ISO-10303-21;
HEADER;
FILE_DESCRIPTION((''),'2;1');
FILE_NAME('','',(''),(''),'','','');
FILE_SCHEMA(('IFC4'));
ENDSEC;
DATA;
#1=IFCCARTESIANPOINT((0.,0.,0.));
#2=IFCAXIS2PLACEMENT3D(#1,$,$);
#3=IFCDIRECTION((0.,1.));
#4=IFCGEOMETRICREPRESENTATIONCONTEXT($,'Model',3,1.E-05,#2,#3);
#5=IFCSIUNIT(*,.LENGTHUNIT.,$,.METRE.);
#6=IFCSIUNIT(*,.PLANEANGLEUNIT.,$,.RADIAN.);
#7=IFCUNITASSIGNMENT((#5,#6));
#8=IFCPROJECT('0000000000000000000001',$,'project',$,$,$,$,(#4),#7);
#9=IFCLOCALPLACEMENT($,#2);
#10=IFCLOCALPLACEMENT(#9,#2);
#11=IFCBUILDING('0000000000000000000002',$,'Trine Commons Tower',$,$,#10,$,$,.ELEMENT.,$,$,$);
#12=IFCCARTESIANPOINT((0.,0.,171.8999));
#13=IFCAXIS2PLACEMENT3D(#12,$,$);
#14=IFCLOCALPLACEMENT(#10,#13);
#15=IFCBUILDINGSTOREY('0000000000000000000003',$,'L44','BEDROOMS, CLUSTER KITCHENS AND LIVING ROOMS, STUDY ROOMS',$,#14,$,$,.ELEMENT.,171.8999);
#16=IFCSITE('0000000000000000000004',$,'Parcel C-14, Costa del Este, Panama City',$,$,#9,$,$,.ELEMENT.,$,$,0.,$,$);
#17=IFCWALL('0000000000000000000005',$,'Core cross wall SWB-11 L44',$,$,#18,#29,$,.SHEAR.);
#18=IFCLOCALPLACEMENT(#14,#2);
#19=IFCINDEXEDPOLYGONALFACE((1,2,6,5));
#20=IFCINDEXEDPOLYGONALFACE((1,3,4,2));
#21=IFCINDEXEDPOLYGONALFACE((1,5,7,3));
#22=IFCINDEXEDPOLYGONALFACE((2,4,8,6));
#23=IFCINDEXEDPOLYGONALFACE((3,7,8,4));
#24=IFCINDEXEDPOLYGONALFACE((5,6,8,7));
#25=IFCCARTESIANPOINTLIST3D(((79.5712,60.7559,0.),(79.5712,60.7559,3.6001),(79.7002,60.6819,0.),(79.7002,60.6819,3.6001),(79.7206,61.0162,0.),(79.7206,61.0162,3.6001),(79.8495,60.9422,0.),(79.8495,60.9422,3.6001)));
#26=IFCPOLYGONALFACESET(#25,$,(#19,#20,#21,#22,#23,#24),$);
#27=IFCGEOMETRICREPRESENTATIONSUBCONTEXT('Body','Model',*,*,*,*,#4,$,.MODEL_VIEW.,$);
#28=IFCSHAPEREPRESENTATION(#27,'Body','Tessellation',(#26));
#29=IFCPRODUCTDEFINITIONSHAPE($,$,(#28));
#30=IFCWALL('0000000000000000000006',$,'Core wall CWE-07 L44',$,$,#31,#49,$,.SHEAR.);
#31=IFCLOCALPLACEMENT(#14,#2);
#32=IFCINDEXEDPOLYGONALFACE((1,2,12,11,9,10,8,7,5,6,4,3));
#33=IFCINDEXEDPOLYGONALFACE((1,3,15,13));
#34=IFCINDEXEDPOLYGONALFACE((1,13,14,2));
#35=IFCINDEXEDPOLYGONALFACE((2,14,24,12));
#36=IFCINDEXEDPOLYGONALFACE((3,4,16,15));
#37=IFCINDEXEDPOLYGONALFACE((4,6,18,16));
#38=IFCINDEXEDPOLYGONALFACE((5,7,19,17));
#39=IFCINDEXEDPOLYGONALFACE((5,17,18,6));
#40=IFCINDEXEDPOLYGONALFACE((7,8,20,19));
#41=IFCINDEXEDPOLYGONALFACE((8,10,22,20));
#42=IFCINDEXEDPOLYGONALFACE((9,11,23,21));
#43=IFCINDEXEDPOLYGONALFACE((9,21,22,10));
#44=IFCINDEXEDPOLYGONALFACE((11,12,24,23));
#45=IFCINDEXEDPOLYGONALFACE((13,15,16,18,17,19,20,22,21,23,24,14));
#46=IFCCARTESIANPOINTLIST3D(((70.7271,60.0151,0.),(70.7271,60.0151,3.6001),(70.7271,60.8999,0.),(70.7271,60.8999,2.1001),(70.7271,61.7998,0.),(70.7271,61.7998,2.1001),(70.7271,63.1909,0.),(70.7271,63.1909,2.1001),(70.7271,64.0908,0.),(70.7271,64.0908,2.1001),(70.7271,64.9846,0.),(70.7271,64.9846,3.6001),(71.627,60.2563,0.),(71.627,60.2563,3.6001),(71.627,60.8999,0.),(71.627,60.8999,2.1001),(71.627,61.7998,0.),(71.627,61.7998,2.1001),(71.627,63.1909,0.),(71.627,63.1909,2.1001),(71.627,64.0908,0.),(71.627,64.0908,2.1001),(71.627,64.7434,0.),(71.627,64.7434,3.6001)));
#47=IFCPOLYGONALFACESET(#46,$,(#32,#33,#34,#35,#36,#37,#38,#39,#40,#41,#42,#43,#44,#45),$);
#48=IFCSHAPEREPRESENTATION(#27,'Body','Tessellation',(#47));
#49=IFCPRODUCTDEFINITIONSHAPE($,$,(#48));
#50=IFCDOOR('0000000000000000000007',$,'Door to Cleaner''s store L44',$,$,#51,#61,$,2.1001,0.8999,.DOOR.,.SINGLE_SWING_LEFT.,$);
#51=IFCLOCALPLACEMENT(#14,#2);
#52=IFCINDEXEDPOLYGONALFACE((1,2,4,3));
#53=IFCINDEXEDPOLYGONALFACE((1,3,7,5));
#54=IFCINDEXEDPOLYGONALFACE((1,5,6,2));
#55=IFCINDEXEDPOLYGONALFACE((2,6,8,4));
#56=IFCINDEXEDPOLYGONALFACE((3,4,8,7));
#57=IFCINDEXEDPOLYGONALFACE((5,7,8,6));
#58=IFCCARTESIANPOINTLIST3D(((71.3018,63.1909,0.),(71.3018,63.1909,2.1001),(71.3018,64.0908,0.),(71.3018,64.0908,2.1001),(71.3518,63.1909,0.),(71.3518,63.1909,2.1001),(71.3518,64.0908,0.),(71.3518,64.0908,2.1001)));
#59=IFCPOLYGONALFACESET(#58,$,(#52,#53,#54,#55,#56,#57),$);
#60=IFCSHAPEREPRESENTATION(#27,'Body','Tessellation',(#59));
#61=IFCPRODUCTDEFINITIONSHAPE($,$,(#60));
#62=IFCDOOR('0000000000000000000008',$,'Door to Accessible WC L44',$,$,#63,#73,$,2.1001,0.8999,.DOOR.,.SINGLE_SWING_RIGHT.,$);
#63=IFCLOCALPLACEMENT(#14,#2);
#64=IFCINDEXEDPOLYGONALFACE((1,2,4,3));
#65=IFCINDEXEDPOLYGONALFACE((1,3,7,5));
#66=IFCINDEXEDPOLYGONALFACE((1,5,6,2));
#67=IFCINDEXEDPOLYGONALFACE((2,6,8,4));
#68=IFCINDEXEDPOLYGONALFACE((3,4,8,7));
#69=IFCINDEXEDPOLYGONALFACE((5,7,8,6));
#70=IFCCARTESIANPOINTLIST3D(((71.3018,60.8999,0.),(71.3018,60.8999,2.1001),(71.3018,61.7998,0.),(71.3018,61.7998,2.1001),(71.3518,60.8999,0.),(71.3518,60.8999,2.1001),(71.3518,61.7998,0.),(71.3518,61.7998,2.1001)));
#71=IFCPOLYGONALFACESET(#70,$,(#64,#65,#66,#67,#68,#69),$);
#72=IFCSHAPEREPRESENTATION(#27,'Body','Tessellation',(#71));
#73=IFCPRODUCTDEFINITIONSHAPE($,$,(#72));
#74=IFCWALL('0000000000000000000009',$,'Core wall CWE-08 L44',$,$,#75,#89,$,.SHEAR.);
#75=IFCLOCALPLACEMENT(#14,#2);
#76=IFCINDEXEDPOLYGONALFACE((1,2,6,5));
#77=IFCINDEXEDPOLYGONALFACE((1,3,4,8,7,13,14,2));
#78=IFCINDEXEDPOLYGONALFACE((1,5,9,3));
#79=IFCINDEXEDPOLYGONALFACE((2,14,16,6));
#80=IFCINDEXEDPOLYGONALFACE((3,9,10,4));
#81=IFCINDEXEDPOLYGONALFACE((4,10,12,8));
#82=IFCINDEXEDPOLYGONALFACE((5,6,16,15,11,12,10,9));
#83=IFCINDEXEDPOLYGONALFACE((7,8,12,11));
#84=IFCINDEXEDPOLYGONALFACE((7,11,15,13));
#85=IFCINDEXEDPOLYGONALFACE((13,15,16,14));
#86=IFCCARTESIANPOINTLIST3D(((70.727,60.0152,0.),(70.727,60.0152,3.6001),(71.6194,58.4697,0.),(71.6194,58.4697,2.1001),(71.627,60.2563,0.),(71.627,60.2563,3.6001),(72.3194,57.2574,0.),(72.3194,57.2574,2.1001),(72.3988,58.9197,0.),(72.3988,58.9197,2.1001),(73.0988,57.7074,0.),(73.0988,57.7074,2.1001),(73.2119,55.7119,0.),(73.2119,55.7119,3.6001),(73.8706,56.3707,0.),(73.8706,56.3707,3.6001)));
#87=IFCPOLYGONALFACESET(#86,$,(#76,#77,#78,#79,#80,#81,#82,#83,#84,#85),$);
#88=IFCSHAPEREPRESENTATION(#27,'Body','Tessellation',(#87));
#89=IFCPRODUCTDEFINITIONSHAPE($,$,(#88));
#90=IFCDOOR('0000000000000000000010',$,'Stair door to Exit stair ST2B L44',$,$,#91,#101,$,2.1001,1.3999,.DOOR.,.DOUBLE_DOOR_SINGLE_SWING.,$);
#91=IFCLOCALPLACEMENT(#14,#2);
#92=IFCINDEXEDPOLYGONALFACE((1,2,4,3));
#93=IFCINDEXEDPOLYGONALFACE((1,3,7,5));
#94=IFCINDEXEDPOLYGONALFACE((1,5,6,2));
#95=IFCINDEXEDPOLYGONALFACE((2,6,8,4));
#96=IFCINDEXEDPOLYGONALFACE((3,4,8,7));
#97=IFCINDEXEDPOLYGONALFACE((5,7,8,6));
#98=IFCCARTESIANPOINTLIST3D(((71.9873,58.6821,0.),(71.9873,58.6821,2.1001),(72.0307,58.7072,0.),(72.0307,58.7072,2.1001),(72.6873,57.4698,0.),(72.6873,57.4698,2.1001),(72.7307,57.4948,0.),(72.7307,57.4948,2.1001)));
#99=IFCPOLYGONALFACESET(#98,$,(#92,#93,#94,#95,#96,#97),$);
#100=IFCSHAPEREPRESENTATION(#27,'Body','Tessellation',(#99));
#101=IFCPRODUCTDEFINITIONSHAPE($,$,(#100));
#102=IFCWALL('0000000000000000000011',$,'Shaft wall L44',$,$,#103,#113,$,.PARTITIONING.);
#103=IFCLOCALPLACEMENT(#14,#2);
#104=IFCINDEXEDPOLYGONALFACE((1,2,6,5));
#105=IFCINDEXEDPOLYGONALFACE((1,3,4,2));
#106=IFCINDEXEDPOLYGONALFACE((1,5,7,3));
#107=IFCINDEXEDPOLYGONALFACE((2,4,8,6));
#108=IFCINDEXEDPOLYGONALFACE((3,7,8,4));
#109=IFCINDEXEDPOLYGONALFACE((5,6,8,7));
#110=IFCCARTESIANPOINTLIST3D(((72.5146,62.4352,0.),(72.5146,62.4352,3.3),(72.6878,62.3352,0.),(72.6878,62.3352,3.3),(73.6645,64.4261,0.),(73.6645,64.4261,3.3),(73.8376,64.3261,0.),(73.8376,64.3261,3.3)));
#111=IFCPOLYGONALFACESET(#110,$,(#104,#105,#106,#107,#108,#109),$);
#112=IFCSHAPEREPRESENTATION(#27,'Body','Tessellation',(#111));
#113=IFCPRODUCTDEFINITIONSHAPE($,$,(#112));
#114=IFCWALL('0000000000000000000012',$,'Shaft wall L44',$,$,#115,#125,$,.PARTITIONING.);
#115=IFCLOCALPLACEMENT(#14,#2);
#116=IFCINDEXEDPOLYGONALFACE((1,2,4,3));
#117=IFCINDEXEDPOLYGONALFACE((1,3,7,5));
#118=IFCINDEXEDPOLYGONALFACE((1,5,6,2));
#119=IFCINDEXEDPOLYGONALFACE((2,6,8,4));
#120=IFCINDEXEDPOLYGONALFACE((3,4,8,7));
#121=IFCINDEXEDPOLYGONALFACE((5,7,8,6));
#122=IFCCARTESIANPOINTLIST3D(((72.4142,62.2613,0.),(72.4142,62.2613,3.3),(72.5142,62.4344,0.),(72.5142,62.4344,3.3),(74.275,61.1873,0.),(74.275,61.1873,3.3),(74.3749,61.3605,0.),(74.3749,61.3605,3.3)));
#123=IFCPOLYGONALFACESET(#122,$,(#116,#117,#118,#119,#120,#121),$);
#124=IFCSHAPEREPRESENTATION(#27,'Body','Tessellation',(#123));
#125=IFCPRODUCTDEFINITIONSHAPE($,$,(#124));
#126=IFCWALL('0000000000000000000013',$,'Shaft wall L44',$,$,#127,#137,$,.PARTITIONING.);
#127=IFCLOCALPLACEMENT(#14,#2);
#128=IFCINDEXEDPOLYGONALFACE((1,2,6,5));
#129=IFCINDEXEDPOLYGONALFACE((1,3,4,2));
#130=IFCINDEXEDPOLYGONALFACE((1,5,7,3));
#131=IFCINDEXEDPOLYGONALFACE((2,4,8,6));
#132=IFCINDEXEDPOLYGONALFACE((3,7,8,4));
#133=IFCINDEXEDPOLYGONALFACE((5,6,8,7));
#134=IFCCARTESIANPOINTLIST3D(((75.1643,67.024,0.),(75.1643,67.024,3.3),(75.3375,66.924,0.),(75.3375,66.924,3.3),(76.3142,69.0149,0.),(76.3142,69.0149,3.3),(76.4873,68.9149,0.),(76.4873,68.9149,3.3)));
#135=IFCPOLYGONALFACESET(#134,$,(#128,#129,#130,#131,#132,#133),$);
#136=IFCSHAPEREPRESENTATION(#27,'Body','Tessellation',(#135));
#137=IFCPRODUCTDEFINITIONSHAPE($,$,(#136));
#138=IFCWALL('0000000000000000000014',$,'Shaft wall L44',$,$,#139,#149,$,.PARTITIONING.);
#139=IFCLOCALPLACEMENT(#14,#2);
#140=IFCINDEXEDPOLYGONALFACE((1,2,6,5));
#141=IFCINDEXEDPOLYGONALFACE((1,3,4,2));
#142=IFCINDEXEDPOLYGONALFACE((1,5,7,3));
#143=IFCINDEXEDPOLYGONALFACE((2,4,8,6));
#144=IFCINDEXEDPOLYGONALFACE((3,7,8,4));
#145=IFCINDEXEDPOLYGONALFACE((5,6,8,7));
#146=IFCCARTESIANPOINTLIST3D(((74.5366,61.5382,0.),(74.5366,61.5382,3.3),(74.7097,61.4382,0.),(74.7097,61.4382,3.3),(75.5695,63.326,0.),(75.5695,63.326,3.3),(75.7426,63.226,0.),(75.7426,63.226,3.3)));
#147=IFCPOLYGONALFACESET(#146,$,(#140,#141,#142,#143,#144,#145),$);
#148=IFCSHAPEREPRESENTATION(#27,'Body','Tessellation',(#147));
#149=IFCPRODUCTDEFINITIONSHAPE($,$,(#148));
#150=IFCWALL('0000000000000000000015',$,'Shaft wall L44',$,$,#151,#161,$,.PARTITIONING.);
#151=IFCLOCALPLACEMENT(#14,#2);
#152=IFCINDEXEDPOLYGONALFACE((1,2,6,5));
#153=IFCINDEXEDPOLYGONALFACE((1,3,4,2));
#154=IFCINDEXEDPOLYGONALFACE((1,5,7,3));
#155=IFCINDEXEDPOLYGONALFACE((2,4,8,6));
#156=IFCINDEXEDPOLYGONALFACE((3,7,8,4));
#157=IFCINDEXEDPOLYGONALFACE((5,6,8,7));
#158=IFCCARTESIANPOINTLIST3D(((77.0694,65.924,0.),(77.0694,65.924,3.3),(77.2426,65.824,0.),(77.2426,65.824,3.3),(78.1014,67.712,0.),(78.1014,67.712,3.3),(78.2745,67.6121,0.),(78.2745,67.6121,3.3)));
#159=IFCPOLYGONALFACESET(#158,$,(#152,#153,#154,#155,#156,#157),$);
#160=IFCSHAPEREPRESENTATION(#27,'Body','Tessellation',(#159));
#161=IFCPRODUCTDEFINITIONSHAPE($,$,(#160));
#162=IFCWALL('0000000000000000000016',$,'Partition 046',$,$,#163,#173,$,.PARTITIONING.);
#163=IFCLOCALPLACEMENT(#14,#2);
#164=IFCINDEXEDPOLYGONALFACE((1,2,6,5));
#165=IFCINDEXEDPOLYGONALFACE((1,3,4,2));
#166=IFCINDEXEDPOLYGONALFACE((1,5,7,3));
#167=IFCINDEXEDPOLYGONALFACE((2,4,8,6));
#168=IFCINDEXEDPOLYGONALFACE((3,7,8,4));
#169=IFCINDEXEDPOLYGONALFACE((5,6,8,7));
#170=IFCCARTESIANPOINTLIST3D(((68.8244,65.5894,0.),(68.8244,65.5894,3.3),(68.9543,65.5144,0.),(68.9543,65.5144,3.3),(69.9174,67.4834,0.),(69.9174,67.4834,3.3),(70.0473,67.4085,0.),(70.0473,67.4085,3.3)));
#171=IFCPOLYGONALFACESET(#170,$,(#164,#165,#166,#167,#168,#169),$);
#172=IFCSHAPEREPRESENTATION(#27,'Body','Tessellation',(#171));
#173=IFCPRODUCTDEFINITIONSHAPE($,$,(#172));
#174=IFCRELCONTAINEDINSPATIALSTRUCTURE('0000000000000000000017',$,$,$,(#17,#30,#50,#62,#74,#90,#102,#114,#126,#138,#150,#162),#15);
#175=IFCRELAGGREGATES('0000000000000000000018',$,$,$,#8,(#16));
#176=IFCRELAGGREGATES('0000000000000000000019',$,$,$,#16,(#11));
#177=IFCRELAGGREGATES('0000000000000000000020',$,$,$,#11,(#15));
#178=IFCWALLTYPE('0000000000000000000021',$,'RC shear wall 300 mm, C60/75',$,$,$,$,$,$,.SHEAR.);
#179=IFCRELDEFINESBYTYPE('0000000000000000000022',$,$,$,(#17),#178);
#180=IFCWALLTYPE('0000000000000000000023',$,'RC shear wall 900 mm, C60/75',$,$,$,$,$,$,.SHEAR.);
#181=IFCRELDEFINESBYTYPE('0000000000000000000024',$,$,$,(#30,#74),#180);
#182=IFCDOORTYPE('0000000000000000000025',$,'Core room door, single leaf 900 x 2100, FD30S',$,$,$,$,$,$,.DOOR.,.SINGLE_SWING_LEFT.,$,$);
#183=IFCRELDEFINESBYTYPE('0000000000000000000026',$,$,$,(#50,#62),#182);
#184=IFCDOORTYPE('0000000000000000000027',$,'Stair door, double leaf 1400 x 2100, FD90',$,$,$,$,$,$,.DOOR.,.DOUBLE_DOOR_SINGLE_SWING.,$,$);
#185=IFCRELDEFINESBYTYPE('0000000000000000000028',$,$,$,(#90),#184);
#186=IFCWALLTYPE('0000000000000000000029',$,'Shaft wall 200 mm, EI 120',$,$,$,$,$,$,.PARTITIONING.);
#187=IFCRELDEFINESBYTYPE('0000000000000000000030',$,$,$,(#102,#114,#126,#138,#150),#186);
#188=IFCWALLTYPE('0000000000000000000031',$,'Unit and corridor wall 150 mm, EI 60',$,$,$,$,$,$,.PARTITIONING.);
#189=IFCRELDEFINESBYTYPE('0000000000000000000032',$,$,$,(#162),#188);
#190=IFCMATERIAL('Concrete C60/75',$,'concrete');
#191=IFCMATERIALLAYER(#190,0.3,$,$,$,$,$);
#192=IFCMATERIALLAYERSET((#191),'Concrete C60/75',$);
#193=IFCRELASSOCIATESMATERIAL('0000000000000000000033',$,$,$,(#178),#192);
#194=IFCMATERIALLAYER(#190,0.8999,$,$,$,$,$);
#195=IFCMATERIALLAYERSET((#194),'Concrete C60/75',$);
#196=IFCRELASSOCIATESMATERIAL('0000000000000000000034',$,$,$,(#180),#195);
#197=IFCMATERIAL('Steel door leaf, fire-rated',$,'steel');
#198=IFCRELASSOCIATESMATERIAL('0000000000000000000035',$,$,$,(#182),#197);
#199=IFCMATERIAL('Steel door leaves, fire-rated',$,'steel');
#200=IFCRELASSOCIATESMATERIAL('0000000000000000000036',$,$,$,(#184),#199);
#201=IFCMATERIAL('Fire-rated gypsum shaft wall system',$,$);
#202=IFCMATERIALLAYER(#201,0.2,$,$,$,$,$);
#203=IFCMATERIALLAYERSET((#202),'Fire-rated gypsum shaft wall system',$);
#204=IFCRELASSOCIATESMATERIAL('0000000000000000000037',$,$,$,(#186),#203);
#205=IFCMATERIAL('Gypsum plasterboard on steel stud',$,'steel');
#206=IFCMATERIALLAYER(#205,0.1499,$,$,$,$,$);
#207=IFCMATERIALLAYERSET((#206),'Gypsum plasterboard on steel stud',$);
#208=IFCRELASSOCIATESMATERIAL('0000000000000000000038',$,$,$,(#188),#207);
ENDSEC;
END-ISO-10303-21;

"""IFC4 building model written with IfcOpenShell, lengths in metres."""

from ifc_helpers import new_model, si_unit, direction, frame, frame_2d, origin, place, context, subcontext, project, spatial, polyline, rectangle, outline, extrude, material, layer, layer_set, type_object, element, fill, save


model = new_model("IFC4")

# Units and contexts
model_context = context("Model", 3, precision=1e-05, world=origin(), true_north=direction((0.0, 1.0)))
body_context = subcontext(model_context, "Body", "Model", "MODEL_VIEW")
ifc_project = project(units=[si_unit("LENGTHUNIT", "METRE"), si_unit("PLANEANGLEUNIT", "RADIAN")], contexts=[model_context])

# Site, building, storey
site_placement = place(None, origin())
site = spatial("IfcSite", under=ifc_project, at=site_placement, Name="Parcel C-14, Costa del Este, Panama City", CompositionType="ELEMENT", RefElevation=0.0)
building_placement = place(site_placement, origin())
building = spatial("IfcBuilding", under=site, at=building_placement, Name="Trine Commons Tower", CompositionType="ELEMENT")
storey_placement = place(building_placement, frame((0.0, 0.0, 171.8999)))
storey = spatial("IfcBuildingStorey", under=building, at=storey_placement, Name="L44", Description="BEDROOMS, CLUSTER KITCHENS AND LIVING ROOMS, STUDY ROOMS", CompositionType="ELEMENT", Elevation=171.8999)

# Shared definitions
ifc_material_1 = material(Name="Fire-rated gypsum shaft wall system")
ifc_material_2 = material(Name="Steel door leaf, fire-rated", Category="steel")
ifc_material_3 = material(Name="Concrete C60/75", Category="concrete")
ifc_layer_1 = layer(ifc_material_3, 0.3)
ifc_layer_set_1 = layer_set([ifc_layer_1], Name="Concrete C60/75")
wall_type_1 = type_object("IfcWallType", Name="RC shear wall 300 mm, C60/75", PredefinedType="SHEAR", material=ifc_layer_set_1)

# Wall
wall_1_placement = place(storey_placement, frame((79.646, 60.886, 0.0), z_axis=(0.0, 0.0, 1.0), x_axis=(0.867332, -0.49773, 0.0)))
element("IfcWall", 1, at=wall_1_placement, inside=storey, type_object=wall_type_1, Name="Core cross wall SWB-11 L44", PredefinedType="SHEAR", context=body_context, shape_type="SweptSolid", body=[
    extrude(rectangle(XDim=0.1487, YDim=0.3, at=frame_2d((0.0742, 0.0))), origin(), (0.0, 0.0, 1.0), 3.6001),
])

# Wall, openings, doors
ifc_layer_2 = layer(ifc_material_3, 0.8999)
ifc_layer_set_2 = layer_set([ifc_layer_2], Name="Concrete C60/75")
wall_type_2 = type_object("IfcWallType", Name="RC shear wall 900 mm, C60/75", PredefinedType="SHEAR", material=ifc_layer_set_2)
wall_2_placement = place(storey_placement, frame((71.177, 64.9846, 0.0), z_axis=(0.0, 0.0, 1.0), x_axis=(0.0, -1.0, 0.0)))
wall_2 = element("IfcWall", 2, at=wall_2_placement, inside=storey, type_object=wall_type_2, Name="Core wall CWE-07 L44", PredefinedType="SHEAR", context=body_context, shape_type="SweptSolid", body=[
    extrude(outline(polyline([(0.0, -0.45), (4.9695, -0.45), (4.7283, 0.45), (0.2412, 0.45), (0.0, -0.45)])), origin(), (0.0, 0.0, 1.0), 3.6001),
])
opening_1_placement = place(wall_2_placement, frame((0.8938, 0.0, 0.0)))
opening_1 = element("IfcOpeningElement", 3, at=opening_1_placement, cuts=wall_2, PredefinedType="OPENING", context=body_context, shape_type="SweptSolid", body=[
    extrude(rectangle(XDim=0.8999, YDim=2.1001, at=frame_2d((0.45, 1.05))), frame((0.0, 0.46, 0.0), z_axis=(0.0, -1.0, 0.0), x_axis=(1.0, 0.0, 0.0)), (0.0, 0.0, 1.0), 0.9199),
])
opening_2_placement = place(wall_2_placement, frame((3.1848, 0.0, 0.0)))
opening_2 = element("IfcOpeningElement", 4, at=opening_2_placement, cuts=wall_2, PredefinedType="OPENING", context=body_context, shape_type="SweptSolid", body=[
    extrude(rectangle(XDim=0.8999, YDim=2.1001, at=frame_2d((0.45, 1.05))), frame((0.0, 0.46, 0.0), z_axis=(0.0, -1.0, 0.0), x_axis=(1.0, 0.0, 0.0)), (0.0, 0.0, 1.0), 0.9199),
])
door_type_1 = type_object("IfcDoorType", Name="Core room door, single leaf 900 x 2100, FD30S", OperationType="SINGLE_SWING_LEFT", PredefinedType="DOOR", material=ifc_material_2)
door_1_placement = place(opening_1_placement, origin())
door_1 = element("IfcDoor", 5, at=door_1_placement, inside=storey, type_object=door_type_1, Name="Door to Cleaner's store L44", OperationType="SINGLE_SWING_LEFT", OverallHeight=2.1001, OverallWidth=0.8999, PredefinedType="DOOR", context=body_context, shape_type="SweptSolid", body=[
    extrude(rectangle(XDim=0.8999, YDim=2.1001, at=frame_2d((0.45, 1.05))), frame((0.0, 0.1748, 0.0), z_axis=(0.0, -1.0, 0.0), x_axis=(1.0, 0.0, 0.0)), (0.0, 0.0, 1.0), 0.05),
])
fill(opening_1, door_1)
door_2_placement = place(opening_2_placement, origin())
door_2 = element("IfcDoor", 6, at=door_2_placement, inside=storey, type_object=door_type_1, Name="Door to Accessible WC L44", OperationType="SINGLE_SWING_RIGHT", OverallHeight=2.1001, OverallWidth=0.8999, PredefinedType="DOOR", context=body_context, shape_type="SweptSolid", body=[
    extrude(rectangle(XDim=0.8999, YDim=2.1001, at=frame_2d((0.45, 1.05))), frame((0.0, 0.1748, 0.0), z_axis=(0.0, -1.0, 0.0), x_axis=(1.0, 0.0, 0.0)), (0.0, 0.0, 1.0), 0.05),
])
fill(opening_2, door_2)

# Wall, opening, door
wall_3_placement = place(storey_placement, frame((71.1167, 60.2402, 0.0), z_axis=(0.0, 0.0, 1.0), x_axis=(0.500039, -0.866003, 0.0)))
wall_3 = element("IfcWall", 7, at=wall_3_placement, inside=storey, type_object=wall_type_2, Name="Core wall CWE-08 L44", PredefinedType="SHEAR", context=body_context, shape_type="SweptSolid", body=[
    extrude(outline(polyline([(0.0, -0.45), (4.9692, -0.45), (4.728, 0.45), (0.2412, 0.45), (0.0, -0.45)])), origin(), (0.0, 0.0, 1.0), 3.6001),
])
opening_3_placement = place(wall_3_placement, frame((1.7847, 0.0, 0.0)))
opening_3 = element("IfcOpeningElement", 8, at=opening_3_placement, cuts=wall_3, PredefinedType="OPENING", context=body_context, shape_type="SweptSolid", body=[
    extrude(rectangle(XDim=1.3999, YDim=2.1001, at=frame_2d((0.7, 1.05))), frame((0.0, 0.46, 0.0), z_axis=(0.0, -1.0, 0.0), x_axis=(1.0, 0.0, 0.0)), (0.0, 0.0, 1.0), 0.9199),
])
ifc_material_4 = material(Name="Steel door leaves, fire-rated", Category="steel")
door_type_2 = type_object("IfcDoorType", Name="Stair door, double leaf 1400 x 2100, FD90", OperationType="DOUBLE_DOOR_SINGLE_SWING", PredefinedType="DOOR", material=ifc_material_4)
door_3_placement = place(opening_3_placement, origin())
door_3 = element("IfcDoor", 9, at=door_3_placement, inside=storey, type_object=door_type_2, Name="Stair door to Exit stair ST2B L44", OperationType="DOUBLE_DOOR_SINGLE_SWING", OverallHeight=2.1001, OverallWidth=1.3999, PredefinedType="DOOR", context=body_context, shape_type="SweptSolid", body=[
    extrude(rectangle(XDim=1.3999, YDim=2.1001, at=frame_2d((0.7, 1.05))), frame((0.0, 0.0249, 0.0), z_axis=(0.0, -1.0, 0.0), x_axis=(1.0, 0.0, 0.0)), (0.0, 0.0, 1.0), 0.05),
])
fill(opening_3, door_3)

# Walls
ifc_layer_3 = layer(ifc_material_1, 0.2)
ifc_layer_set_3 = layer_set([ifc_layer_3], Name="Fire-rated gypsum shaft wall system")
wall_type_3 = type_object("IfcWallType", Name="Shaft wall 200 mm, EI 120", PredefinedType="PARTITIONING", material=ifc_layer_set_3)
wall_4_placement = place(storey_placement, frame((73.751, 64.376, 0.0), z_axis=(0.0, 0.0, 1.0), x_axis=(-0.500136, -0.865947, 0.0)))
element("IfcWall", 10, at=wall_4_placement, inside=storey, type_object=wall_type_3, Name="Shaft wall L44", PredefinedType="PARTITIONING", context=body_context, shape_type="SweptSolid", body=[
    extrude(rectangle(XDim=2.2991, YDim=0.2, at=frame_2d((1.1494, 0.0))), origin(), (0.0, 0.0, 1.0), 3.3),
])
wall_5_placement = place(storey_placement, frame((74.325, 61.2739, 0.0), z_axis=(0.0, 0.0, 1.0), x_axis=(-0.866102, 0.499867, 0.0)))
element("IfcWall", 11, at=wall_5_placement, inside=storey, type_object=wall_type_3, Name="Shaft wall L44", PredefinedType="PARTITIONING", context=body_context, shape_type="SweptSolid", body=[
    extrude(rectangle(XDim=2.1484, YDim=0.2, at=frame_2d((1.0742, 0.0))), origin(), (0.0, 0.0, 1.0), 3.3),
])
wall_6_placement = place(storey_placement, frame((75.251, 66.9741, 0.0), z_axis=(0.0, 0.0, 1.0), x_axis=(0.500136, 0.865947, 0.0)))
element("IfcWall", 12, at=wall_6_placement, inside=storey, type_object=wall_type_3, Name="Shaft wall L44", PredefinedType="PARTITIONING", context=body_context, shape_type="SweptSolid", body=[
    extrude(rectangle(XDim=2.2991, YDim=0.2, at=frame_2d((1.1494, 0.0))), origin(), (0.0, 0.0, 1.0), 3.3),
])
wall_7_placement = place(storey_placement, frame((75.656, 63.2759, 0.0), z_axis=(0.0, 0.0, 1.0), x_axis=(-0.500272, -0.865868, 0.0)))
element("IfcWall", 13, at=wall_7_placement, inside=storey, type_object=wall_type_3, Name="Shaft wall L44", PredefinedType="PARTITIONING", context=body_context, shape_type="SweptSolid", body=[
    extrude(rectangle(XDim=2.0647, YDim=0.2, at=frame_2d((1.0322, 0.0))), origin(), (0.0, 0.0, 1.0), 3.3),
])
wall_8_placement = place(storey_placement, frame((77.156, 65.874, 0.0), z_axis=(0.0, 0.0, 1.0), x_axis=(0.499866, 0.866103, 0.0)))
element("IfcWall", 14, at=wall_8_placement, inside=storey, type_object=wall_type_3, Name="Shaft wall L44", PredefinedType="PARTITIONING", context=body_context, shape_type="SweptSolid", body=[
    extrude(rectangle(XDim=2.0645, YDim=0.2, at=frame_2d((1.0322, 0.0))), origin(), (0.0, 0.0, 1.0), 3.3),
])
ifc_material_5 = material(Name="Gypsum plasterboard on steel stud", Category="steel")
ifc_layer_4 = layer(ifc_material_5, 0.1499)
ifc_layer_set_4 = layer_set([ifc_layer_4], Name="Gypsum plasterboard on steel stud")
wall_type_4 = type_object("IfcWallType", Name="Unit and corridor wall 150 mm, EI 60", PredefinedType="PARTITIONING", material=ifc_layer_set_4)
wall_9_placement = place(storey_placement, frame((68.8894, 65.552, 0.0), z_axis=(0.0, 0.0, 1.0), x_axis=(0.499826, 0.866126, 0.0)))
element("IfcWall", 15, at=wall_9_placement, inside=storey, type_object=wall_type_4, Name="Partition 046", PredefinedType="PARTITIONING", context=body_context, shape_type="SweptSolid", body=[
    extrude(rectangle(XDim=2.1868, YDim=0.1499, at=frame_2d((1.0933, 0.0))), origin(), (0.0, 0.0, 1.0), 3.3),
])

save(model, "model.ifc")
